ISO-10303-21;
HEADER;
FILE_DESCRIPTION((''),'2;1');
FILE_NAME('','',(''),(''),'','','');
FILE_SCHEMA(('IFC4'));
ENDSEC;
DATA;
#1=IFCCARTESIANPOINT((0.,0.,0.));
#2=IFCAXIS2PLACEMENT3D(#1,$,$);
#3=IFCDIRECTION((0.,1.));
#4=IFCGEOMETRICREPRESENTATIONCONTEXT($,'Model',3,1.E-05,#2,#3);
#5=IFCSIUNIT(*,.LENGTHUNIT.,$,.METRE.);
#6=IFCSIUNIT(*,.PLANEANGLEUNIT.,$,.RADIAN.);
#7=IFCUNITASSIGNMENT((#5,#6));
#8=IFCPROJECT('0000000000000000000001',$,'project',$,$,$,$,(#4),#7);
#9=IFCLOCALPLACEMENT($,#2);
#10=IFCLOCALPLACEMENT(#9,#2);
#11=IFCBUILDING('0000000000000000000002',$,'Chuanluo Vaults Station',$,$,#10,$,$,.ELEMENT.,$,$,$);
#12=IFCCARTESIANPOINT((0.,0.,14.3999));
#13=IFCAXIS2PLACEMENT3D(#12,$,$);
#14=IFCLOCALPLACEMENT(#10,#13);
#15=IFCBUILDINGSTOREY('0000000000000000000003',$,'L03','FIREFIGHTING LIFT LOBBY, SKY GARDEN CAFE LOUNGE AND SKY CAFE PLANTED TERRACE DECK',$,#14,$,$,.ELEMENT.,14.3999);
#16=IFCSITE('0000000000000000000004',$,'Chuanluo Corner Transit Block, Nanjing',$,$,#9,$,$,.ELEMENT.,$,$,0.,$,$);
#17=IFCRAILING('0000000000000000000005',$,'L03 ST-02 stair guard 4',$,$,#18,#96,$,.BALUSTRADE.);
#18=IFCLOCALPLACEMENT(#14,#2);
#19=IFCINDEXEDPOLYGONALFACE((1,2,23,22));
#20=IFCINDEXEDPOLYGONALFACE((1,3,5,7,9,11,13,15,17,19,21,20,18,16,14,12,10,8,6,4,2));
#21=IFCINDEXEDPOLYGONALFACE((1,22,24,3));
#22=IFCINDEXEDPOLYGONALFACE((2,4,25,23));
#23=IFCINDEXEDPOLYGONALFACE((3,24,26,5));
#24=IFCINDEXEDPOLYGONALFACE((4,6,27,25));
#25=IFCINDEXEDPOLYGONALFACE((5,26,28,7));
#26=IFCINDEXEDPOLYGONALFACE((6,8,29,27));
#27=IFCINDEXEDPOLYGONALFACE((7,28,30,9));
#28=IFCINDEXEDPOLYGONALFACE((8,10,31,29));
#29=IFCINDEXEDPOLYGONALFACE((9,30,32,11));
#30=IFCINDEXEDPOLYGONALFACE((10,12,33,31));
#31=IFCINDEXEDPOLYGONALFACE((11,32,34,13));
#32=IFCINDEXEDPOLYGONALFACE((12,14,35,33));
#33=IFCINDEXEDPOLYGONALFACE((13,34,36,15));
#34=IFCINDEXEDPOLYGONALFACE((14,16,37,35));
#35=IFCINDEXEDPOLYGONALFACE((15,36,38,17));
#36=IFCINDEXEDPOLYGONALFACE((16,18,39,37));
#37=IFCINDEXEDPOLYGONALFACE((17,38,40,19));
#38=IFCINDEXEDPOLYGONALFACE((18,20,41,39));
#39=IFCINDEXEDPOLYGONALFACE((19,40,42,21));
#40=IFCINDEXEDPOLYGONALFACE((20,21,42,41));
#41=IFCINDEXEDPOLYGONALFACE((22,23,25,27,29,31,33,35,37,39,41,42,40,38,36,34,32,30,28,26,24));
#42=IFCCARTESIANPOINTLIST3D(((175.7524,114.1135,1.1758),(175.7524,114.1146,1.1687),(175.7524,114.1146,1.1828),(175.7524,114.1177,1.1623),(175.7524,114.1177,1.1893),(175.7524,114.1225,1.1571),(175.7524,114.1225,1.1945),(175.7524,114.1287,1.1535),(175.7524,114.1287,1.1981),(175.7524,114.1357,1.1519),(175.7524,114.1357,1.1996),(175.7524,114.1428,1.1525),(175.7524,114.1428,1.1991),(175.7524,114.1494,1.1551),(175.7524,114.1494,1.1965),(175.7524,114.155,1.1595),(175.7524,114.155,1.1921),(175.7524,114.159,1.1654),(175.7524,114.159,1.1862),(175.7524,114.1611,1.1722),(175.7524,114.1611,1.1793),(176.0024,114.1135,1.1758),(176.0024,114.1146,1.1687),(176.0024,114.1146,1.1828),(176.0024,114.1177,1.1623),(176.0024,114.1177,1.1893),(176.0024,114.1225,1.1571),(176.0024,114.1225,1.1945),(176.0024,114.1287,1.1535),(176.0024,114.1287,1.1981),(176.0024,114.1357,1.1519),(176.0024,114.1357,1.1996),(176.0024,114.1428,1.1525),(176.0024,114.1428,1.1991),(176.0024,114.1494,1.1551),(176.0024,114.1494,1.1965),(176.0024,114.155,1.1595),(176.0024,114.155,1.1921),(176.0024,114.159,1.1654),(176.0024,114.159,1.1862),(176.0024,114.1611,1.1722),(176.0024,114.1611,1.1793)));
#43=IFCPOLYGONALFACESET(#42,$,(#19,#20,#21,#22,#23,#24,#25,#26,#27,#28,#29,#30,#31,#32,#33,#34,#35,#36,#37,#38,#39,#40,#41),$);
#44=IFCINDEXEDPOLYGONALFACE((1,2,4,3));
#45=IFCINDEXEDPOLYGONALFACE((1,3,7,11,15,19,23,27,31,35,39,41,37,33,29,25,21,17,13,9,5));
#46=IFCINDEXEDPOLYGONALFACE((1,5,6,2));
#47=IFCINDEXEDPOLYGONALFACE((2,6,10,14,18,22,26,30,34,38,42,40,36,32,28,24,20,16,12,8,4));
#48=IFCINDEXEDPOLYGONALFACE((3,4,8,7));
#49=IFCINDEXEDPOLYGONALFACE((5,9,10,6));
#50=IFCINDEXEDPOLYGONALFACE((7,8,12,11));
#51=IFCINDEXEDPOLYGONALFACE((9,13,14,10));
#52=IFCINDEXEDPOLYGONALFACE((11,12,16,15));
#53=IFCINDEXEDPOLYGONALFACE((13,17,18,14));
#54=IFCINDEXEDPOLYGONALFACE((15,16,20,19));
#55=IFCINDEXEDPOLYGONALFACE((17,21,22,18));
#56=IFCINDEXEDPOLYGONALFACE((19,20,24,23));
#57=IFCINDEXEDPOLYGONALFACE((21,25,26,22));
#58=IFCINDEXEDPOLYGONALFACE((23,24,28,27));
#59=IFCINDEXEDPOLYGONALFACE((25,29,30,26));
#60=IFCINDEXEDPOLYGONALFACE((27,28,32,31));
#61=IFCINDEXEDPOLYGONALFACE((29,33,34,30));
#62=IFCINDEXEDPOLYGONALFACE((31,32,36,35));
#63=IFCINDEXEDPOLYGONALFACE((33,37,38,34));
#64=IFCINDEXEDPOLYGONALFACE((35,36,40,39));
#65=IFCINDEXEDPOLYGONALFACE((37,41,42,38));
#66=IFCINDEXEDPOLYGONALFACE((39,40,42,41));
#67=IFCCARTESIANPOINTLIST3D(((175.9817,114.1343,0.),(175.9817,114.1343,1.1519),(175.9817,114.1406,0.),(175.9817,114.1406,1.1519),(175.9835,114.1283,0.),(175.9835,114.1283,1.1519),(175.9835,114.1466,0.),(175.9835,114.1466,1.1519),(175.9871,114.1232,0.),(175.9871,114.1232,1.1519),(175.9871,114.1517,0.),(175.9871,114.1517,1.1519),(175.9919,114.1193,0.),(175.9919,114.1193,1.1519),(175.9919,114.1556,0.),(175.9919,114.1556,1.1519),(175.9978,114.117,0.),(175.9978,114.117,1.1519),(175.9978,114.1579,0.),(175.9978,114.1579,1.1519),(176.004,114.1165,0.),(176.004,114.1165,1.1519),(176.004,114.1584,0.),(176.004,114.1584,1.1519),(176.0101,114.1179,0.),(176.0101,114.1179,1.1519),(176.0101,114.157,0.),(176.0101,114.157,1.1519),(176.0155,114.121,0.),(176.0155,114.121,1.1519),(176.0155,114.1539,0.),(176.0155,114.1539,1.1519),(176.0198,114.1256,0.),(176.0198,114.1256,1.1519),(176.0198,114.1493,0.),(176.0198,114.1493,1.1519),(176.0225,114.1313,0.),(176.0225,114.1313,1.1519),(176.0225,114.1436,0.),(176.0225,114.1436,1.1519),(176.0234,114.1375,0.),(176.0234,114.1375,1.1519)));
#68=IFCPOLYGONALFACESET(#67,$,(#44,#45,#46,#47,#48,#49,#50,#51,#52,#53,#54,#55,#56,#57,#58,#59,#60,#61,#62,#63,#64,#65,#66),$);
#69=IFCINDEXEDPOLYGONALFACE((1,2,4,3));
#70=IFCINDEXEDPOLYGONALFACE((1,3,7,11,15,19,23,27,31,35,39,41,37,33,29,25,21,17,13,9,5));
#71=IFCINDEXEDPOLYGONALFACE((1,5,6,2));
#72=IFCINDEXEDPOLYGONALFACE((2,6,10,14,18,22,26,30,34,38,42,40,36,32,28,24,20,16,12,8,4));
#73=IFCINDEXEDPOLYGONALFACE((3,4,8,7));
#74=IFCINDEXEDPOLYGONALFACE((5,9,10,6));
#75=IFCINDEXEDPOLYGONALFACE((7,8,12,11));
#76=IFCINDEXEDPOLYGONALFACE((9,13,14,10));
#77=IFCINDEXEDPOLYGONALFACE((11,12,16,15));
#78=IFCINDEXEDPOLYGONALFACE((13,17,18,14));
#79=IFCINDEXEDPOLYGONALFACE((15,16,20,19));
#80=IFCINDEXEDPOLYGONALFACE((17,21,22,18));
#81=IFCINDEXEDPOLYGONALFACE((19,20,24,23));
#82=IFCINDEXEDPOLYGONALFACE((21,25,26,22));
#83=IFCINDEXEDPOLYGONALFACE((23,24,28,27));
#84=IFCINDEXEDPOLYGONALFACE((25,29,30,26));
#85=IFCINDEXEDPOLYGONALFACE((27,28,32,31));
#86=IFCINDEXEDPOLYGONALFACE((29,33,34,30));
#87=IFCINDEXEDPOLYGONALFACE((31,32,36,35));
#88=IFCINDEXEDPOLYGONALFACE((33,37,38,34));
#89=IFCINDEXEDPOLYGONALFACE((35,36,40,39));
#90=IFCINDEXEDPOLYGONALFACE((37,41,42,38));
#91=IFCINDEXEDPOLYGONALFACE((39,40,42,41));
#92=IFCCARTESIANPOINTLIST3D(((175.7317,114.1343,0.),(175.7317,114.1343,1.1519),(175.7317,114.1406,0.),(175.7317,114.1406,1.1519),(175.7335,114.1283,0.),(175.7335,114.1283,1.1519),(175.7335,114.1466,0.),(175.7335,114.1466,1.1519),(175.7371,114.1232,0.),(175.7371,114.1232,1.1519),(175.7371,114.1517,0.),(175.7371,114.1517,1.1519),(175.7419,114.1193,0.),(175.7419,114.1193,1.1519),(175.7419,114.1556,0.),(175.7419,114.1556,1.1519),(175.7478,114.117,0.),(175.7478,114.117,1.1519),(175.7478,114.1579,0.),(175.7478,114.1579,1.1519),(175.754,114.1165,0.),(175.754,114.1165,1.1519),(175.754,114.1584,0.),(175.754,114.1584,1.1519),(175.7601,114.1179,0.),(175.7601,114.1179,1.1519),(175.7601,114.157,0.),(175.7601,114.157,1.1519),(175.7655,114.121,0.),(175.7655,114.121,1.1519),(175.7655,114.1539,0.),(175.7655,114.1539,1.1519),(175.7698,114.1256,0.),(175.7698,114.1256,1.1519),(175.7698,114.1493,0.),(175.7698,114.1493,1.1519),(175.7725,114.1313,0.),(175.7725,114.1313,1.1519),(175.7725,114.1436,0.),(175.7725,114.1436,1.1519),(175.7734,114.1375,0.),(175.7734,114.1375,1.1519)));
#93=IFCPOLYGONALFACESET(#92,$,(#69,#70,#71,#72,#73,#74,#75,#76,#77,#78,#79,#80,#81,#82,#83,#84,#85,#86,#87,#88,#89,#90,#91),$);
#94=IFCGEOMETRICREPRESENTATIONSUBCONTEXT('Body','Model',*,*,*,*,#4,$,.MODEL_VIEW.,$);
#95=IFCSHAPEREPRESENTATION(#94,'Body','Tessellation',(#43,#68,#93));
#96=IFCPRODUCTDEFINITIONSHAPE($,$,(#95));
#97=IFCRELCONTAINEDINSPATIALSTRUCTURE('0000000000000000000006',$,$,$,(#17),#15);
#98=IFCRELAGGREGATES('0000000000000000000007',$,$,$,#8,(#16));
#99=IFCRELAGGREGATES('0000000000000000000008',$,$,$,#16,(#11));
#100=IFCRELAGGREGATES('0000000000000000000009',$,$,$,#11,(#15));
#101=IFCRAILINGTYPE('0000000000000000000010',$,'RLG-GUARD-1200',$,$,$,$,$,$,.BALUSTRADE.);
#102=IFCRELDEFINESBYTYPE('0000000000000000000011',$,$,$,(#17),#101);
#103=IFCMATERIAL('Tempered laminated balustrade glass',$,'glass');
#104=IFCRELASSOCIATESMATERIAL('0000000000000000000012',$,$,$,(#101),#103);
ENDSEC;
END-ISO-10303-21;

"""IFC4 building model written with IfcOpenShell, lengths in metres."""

from ifc_helpers import new_model, si_unit, direction, frame, origin, origin_2d, place, context, subcontext, project, spatial, circle, extrude, material, type_object, element, save


model = new_model("IFC4")

# Units and contexts
model_context = context("Model", 3, precision=1e-05, world=origin(), true_north=direction((0.0, 1.0)))
body_context = subcontext(model_context, "Body", "Model", "MODEL_VIEW")
ifc_project = project(units=[si_unit("LENGTHUNIT", "METRE"), si_unit("PLANEANGLEUNIT", "RADIAN")], contexts=[model_context])

# Site, building, storey
site_placement = place(None, origin())
site = spatial("IfcSite", under=ifc_project, at=site_placement, Name="Chuanluo Corner Transit Block, Nanjing", CompositionType="ELEMENT", RefElevation=0.0)
building_placement = place(site_placement, origin())
building = spatial("IfcBuilding", under=site, at=building_placement, Name="Chuanluo Vaults Station", CompositionType="ELEMENT")
storey_placement = place(building_placement, frame((0.0, 0.0, 14.3999)))
storey = spatial("IfcBuildingStorey", under=building, at=storey_placement, Name="L03", Description="FIREFIGHTING LIFT LOBBY, SKY GARDEN CAFE LOUNGE AND SKY CAFE PLANTED TERRACE DECK", CompositionType="ELEMENT", Elevation=14.3999)

# Railing
ifc_material_1 = material(Name="Tempered laminated balustrade glass", Category="glass")
railing_type_1 = type_object("IfcRailingType", Name="RLG-GUARD-1200", PredefinedType="BALUSTRADE", material=ifc_material_1)
railing_1_placement = place(storey_placement, frame((176.0024, 114.1375, 0.0)))
element("IfcRailing", 1, at=railing_1_placement, inside=storey, type_object=railing_type_1, Name="L03 ST-02 stair guard 4", PredefinedType="BALUSTRADE", context=body_context, shape_type="SweptSolid", body=[
    extrude(circle(Radius=0.0239, at=origin_2d()), frame((0.0, 0.0, 1.1758), z_axis=(-1.0, 0.0, 0.0), x_axis=(0.0, -1.0, 0.0)), (0.0, 0.0, 1.0), 0.25),
    extrude(circle(Radius=0.021, at=origin_2d()), origin(), (0.0, 0.0, 1.0), 1.1519),
    extrude(circle(Radius=0.021, at=origin_2d()), frame((-0.25, 0.0, 0.0)), (0.0, 0.0, 1.0), 1.1519),
])

save(model, "model.ifc")
